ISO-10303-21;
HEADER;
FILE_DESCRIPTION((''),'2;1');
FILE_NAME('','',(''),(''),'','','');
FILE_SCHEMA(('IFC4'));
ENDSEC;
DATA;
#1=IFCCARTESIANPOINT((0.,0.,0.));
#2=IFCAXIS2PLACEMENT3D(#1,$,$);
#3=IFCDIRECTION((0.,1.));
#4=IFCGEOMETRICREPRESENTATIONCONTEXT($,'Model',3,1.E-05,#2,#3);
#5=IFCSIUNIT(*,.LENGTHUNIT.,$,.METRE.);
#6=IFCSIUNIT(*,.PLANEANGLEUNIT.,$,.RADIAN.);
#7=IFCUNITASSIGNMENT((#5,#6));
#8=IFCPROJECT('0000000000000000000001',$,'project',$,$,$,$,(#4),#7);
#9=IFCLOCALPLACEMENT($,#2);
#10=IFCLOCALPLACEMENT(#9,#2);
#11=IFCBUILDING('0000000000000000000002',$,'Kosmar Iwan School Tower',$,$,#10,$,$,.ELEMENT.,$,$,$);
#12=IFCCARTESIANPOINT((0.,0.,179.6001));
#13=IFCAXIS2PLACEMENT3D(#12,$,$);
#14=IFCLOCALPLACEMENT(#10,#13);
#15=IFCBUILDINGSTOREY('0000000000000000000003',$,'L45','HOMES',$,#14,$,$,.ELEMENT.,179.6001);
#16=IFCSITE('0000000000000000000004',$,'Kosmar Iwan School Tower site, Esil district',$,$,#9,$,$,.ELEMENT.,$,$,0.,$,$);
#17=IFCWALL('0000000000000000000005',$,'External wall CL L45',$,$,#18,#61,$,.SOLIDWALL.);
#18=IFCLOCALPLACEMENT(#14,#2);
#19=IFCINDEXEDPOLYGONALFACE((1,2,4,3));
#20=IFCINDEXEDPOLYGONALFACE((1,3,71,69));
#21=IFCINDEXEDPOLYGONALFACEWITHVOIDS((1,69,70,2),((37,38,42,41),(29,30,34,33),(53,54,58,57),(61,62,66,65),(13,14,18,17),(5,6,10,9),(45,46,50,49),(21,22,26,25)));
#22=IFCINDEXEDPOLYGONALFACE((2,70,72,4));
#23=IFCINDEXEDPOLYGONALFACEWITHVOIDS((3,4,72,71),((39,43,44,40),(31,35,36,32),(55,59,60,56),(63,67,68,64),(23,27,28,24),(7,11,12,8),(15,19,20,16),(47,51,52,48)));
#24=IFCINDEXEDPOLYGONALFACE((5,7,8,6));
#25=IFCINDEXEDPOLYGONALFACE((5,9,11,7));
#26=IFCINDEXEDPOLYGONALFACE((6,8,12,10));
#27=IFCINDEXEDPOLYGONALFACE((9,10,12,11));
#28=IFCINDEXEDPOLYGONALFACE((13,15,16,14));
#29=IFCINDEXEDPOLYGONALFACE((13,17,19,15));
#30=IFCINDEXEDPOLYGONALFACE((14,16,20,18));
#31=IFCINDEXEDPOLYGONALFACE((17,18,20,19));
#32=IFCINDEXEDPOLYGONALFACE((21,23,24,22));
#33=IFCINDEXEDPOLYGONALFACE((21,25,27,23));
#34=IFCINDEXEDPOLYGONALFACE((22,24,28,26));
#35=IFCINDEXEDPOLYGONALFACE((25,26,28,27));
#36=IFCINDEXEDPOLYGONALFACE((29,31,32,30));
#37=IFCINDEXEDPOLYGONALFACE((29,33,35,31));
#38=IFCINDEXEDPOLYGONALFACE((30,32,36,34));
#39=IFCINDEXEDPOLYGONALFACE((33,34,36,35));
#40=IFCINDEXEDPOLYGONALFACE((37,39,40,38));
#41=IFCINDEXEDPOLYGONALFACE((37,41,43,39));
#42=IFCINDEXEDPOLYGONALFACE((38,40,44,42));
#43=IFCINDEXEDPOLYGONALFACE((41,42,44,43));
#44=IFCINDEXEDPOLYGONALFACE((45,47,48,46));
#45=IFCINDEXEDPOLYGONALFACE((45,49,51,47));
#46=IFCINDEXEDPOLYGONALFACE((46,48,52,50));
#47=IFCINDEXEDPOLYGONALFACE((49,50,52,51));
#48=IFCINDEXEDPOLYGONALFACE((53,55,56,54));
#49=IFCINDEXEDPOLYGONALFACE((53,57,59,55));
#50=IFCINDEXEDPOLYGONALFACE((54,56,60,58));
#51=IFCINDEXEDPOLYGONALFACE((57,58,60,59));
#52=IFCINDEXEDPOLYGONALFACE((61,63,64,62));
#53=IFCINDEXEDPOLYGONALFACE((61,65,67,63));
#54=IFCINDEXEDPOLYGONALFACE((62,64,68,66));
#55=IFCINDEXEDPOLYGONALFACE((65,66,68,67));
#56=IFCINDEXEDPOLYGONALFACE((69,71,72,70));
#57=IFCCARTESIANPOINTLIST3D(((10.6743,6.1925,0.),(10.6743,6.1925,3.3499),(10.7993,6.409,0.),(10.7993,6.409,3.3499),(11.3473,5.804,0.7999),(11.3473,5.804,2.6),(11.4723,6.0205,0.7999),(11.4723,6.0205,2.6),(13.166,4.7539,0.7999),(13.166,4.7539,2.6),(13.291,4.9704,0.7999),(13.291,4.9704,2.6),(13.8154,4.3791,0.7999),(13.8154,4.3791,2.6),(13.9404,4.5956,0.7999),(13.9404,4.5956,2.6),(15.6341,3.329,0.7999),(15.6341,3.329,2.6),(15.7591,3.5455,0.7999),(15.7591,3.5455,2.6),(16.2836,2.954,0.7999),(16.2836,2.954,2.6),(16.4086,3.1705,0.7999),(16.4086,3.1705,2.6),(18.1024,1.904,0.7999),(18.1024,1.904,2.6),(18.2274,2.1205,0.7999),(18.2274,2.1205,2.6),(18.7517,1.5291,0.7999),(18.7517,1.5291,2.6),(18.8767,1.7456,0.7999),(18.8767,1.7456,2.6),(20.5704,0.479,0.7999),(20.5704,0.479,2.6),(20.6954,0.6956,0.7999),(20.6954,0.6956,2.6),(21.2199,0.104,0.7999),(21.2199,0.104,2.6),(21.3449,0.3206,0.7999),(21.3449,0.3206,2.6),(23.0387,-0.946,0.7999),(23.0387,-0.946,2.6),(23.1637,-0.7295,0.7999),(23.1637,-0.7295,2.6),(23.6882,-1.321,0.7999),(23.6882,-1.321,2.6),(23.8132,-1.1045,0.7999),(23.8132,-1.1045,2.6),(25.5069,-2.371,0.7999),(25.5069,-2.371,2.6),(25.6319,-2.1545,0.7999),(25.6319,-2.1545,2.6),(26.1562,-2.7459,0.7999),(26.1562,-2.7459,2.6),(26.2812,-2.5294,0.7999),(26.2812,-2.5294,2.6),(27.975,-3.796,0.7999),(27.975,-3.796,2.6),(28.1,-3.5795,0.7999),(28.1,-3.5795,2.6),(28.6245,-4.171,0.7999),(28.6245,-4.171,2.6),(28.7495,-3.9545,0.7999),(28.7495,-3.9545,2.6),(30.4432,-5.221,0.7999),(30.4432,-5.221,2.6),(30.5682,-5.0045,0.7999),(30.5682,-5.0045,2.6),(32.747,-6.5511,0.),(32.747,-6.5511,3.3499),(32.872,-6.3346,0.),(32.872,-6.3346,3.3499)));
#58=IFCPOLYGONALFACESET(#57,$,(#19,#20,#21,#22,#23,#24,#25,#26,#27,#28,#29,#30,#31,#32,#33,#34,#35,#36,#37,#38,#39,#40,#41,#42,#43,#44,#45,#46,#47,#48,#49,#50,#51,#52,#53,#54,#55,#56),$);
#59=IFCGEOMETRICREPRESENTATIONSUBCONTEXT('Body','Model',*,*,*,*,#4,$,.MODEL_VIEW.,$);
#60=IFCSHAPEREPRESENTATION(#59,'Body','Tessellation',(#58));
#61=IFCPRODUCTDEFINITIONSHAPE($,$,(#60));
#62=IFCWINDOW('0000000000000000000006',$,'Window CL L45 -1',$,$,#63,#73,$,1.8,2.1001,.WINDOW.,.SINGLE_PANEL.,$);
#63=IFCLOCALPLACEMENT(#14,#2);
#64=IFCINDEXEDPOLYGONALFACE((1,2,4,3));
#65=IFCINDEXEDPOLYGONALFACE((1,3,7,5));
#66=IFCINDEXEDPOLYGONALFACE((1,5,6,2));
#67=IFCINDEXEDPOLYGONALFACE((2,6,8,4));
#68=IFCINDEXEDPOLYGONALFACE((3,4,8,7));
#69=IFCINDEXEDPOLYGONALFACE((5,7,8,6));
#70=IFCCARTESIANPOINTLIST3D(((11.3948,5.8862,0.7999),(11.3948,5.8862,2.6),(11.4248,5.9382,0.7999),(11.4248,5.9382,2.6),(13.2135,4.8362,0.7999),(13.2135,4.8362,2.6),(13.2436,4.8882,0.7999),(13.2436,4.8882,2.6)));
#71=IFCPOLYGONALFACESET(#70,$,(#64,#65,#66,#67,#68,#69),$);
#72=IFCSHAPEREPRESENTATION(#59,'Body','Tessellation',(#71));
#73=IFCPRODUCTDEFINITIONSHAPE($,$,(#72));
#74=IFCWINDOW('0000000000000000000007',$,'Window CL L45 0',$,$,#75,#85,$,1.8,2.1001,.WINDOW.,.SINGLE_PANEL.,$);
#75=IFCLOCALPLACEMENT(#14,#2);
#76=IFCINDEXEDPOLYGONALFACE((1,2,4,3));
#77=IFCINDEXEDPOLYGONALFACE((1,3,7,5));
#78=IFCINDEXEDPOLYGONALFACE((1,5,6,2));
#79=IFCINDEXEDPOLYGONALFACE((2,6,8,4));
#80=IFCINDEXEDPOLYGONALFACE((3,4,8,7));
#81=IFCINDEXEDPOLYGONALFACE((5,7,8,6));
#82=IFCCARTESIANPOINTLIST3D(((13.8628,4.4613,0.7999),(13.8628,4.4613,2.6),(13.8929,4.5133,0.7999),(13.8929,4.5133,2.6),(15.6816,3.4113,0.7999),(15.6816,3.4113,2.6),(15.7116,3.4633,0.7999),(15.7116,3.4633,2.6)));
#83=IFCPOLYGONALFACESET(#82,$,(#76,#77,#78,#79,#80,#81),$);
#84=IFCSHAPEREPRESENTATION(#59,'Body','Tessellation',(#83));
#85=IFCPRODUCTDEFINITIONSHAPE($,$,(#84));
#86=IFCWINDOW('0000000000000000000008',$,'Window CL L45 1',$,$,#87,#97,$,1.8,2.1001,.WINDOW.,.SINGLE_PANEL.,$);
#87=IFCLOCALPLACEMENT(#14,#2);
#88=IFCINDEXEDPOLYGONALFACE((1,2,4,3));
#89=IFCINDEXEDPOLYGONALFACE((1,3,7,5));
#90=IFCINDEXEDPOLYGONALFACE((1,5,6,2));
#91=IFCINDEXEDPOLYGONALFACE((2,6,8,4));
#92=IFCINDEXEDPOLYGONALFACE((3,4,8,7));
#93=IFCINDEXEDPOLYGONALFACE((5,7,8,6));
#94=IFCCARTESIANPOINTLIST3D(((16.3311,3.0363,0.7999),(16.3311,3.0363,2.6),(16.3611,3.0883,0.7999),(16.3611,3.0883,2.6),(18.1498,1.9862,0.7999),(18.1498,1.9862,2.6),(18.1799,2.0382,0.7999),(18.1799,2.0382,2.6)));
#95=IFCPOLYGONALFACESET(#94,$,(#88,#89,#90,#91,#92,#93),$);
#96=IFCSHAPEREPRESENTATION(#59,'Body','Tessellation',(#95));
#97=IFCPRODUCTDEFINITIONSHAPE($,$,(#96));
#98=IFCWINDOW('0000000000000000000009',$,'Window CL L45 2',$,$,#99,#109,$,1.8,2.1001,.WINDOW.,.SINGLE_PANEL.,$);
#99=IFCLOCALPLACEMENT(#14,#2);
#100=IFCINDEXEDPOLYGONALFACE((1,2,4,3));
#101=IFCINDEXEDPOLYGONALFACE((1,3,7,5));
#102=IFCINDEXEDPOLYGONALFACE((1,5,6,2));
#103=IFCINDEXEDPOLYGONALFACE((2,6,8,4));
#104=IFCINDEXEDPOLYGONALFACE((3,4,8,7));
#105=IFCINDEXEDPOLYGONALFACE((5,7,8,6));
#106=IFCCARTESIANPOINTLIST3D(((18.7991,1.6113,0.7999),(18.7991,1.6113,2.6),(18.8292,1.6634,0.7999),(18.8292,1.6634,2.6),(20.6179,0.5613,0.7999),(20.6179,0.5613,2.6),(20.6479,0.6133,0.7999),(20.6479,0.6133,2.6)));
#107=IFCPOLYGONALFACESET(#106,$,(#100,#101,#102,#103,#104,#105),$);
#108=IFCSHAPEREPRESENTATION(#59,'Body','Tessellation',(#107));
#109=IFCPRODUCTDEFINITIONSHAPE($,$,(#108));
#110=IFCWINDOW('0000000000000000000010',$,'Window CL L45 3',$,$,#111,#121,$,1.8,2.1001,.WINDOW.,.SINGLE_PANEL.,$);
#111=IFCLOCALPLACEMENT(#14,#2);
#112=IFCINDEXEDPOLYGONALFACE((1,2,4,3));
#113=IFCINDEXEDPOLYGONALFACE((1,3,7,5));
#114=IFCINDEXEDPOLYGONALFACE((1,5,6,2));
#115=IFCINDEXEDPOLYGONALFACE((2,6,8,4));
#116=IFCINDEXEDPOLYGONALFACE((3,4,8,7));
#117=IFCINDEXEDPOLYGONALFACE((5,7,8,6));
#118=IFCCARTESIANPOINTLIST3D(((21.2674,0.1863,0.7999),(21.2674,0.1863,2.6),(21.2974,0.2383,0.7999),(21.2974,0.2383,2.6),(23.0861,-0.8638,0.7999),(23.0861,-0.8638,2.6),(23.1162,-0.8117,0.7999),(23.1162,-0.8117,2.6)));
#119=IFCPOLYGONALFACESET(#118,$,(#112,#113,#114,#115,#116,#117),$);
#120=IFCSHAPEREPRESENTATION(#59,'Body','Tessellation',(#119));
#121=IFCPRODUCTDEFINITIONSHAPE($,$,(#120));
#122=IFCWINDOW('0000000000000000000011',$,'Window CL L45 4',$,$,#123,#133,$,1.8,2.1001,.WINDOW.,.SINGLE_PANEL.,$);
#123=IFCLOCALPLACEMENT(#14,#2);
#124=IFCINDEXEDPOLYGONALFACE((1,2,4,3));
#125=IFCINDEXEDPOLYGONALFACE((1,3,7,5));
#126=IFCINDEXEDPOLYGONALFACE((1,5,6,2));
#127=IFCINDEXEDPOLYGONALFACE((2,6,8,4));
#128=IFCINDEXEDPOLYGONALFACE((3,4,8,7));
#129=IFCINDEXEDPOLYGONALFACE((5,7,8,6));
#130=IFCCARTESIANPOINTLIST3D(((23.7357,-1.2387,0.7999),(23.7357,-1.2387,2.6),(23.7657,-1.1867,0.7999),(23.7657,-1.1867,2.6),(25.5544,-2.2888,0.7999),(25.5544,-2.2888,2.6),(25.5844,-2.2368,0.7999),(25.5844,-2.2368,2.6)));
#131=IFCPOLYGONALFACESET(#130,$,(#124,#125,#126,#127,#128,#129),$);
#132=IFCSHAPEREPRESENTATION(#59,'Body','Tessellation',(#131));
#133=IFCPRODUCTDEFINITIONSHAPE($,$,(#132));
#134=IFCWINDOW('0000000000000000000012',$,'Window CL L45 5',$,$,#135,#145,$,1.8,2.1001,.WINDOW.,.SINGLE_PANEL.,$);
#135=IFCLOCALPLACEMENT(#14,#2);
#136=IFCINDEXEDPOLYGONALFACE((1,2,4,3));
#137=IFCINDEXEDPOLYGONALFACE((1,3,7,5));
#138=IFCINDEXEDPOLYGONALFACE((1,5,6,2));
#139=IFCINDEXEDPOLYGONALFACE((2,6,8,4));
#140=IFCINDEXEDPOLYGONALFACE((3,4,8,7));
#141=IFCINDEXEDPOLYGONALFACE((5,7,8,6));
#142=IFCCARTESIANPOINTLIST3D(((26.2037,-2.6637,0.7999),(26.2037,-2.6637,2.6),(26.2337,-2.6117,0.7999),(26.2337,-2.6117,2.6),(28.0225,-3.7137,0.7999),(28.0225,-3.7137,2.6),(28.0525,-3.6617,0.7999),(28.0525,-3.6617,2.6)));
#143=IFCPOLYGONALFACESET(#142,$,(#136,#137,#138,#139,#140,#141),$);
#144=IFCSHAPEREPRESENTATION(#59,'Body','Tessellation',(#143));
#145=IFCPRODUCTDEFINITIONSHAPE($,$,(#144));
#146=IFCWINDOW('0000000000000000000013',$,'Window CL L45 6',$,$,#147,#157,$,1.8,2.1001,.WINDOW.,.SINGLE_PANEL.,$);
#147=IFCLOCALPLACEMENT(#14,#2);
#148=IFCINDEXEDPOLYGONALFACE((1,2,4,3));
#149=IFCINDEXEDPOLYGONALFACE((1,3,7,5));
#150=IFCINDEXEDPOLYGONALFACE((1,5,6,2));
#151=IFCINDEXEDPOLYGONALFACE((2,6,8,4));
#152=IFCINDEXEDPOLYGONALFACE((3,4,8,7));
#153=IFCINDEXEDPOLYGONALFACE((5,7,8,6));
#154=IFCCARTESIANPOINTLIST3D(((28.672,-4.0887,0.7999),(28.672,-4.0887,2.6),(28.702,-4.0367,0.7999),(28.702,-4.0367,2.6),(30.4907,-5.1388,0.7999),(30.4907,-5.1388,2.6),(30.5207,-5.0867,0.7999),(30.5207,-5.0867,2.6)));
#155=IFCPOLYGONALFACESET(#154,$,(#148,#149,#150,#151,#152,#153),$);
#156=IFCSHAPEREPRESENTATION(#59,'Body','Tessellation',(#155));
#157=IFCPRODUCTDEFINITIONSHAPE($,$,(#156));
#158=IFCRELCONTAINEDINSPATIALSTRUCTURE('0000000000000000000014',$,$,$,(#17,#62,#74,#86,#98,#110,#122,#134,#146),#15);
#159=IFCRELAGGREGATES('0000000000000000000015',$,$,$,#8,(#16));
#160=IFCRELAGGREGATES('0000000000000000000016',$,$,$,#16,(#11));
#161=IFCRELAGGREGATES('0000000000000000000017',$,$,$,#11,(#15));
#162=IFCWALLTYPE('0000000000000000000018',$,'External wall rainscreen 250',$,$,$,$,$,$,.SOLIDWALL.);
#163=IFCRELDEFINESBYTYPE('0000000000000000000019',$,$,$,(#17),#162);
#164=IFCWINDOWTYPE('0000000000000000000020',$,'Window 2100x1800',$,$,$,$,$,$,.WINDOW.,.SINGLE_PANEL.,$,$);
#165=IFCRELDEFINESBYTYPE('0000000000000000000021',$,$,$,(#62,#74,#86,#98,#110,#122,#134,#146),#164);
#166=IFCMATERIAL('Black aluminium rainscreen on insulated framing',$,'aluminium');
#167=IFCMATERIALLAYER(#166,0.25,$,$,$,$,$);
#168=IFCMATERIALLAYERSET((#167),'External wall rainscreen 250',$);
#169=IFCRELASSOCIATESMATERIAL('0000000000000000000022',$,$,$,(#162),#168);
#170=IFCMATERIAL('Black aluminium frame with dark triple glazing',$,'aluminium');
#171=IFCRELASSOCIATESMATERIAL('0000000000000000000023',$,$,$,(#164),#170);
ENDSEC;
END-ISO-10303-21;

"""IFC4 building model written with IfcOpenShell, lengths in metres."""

from ifc_helpers import new_model, si_unit, direction, frame, frame_2d, origin, place, context, subcontext, project, spatial, rectangle, extrude, material, layer, layer_set, type_object, element, fill, save


model = new_model("IFC4")

# Units and contexts
model_context = context("Model", 3, precision=1e-05, world=origin(), true_north=direction((0.0, 1.0)))
body_context = subcontext(model_context, "Body", "Model", "MODEL_VIEW")
ifc_project = project(units=[si_unit("LENGTHUNIT", "METRE"), si_unit("PLANEANGLEUNIT", "RADIAN")], contexts=[model_context])

# Site, building, storey
site_placement = place(None, origin())
site = spatial("IfcSite", under=ifc_project, at=site_placement, Name="Kosmar Iwan School Tower site, Esil district", CompositionType="ELEMENT", RefElevation=0.0)
building_placement = place(site_placement, origin())
building = spatial("IfcBuilding", under=site, at=building_placement, Name="Kosmar Iwan School Tower", CompositionType="ELEMENT")
storey_placement = place(building_placement, frame((0.0, 0.0, 179.6001)))
storey = spatial("IfcBuildingStorey", under=building, at=storey_placement, Name="L45", Description="HOMES", CompositionType="ELEMENT", Elevation=179.6001)

# Wall, openings, windows
ifc_material_1 = material(Name="Black aluminium rainscreen on insulated framing", Category="aluminium")
ifc_layer = layer(ifc_material_1, 0.25)
ifc_layer_set = layer_set([ifc_layer], Name="External wall rainscreen 250")
wall_type = type_object("IfcWallType", Name="External wall rainscreen 250", PredefinedType="SOLIDWALL", material=ifc_layer_set)
wall_1_placement = place(storey_placement, frame((10.7368, 6.3008, 0.0), z_axis=(0.0, 0.0, 1.0), x_axis=(0.866026, -0.499998, 0.0)))
wall_1 = element("IfcWall", 1, at=wall_1_placement, inside=storey, type_object=wall_type, Name="External wall CL L45", PredefinedType="SOLIDWALL", context=body_context, shape_type="SweptSolid", body=[
    extrude(rectangle(XDim=25.4873, YDim=0.25, at=frame_2d((12.7437, 0.0))), origin(), (0.0, 0.0, 1.0), 3.3499),
])
opening_1_placement = place(wall_1_placement, frame((0.7771, 0.0, 0.8)))
opening_1 = element("IfcOpeningElement", 2, at=opening_1_placement, cuts=wall_1, PredefinedType="OPENING", context=body_context, shape_type="SweptSolid", body=[
    extrude(rectangle(XDim=2.1001, YDim=1.8, at=frame_2d((1.05, 0.8999))), frame((0.0, 0.137, 0.0), z_axis=(0.0, -1.0, 0.0), x_axis=(1.0, 0.0, 0.0)), (0.0, 0.0, 1.0), 0.2739),
])
opening_2_placement = place(wall_1_placement, frame((3.627, 0.0, 0.8)))
opening_2 = element("IfcOpeningElement", 3, at=opening_2_placement, cuts=wall_1, PredefinedType="OPENING", context=body_context, shape_type="SweptSolid", body=[
    extrude(rectangle(XDim=2.1001, YDim=1.8, at=frame_2d((1.05, 0.8999))), frame((0.0, 0.137, 0.0), z_axis=(0.0, -1.0, 0.0), x_axis=(1.0, 0.0, 0.0)), (0.0, 0.0, 1.0), 0.2739),
])
opening_3_placement = place(wall_1_placement, frame((6.4771, 0.0, 0.8)))
opening_3 = element("IfcOpeningElement", 4, at=opening_3_placement, cuts=wall_1, PredefinedType="OPENING", context=body_context, shape_type="SweptSolid", body=[
    extrude(rectangle(XDim=2.1001, YDim=1.8, at=frame_2d((1.05, 0.8999))), frame((0.0, 0.137, 0.0), z_axis=(0.0, -1.0, 0.0), x_axis=(1.0, 0.0, 0.0)), (0.0, 0.0, 1.0), 0.2739),
])
opening_4_placement = place(wall_1_placement, frame((9.3269, 0.0, 0.8)))
opening_4 = element("IfcOpeningElement", 5, at=opening_4_placement, cuts=wall_1, PredefinedType="OPENING", context=body_context, shape_type="SweptSolid", body=[
    extrude(rectangle(XDim=2.1001, YDim=1.8, at=frame_2d((1.05, 0.8999))), frame((0.0, 0.137, 0.0), z_axis=(0.0, -1.0, 0.0), x_axis=(1.0, 0.0, 0.0)), (0.0, 0.0, 1.0), 0.2739),
])
opening_5_placement = place(wall_1_placement, frame((12.177, 0.0, 0.8)))
opening_5 = element("IfcOpeningElement", 6, at=opening_5_placement, cuts=wall_1, PredefinedType="OPENING", context=body_context, shape_type="SweptSolid", body=[
    extrude(rectangle(XDim=2.1001, YDim=1.8, at=frame_2d((1.05, 0.8999))), frame((0.0, 0.137, 0.0), z_axis=(0.0, -1.0, 0.0), x_axis=(1.0, 0.0, 0.0)), (0.0, 0.0, 1.0), 0.2739),
])
opening_6_placement = place(wall_1_placement, frame((15.0271, 0.0, 0.8)))
opening_6 = element("IfcOpeningElement", 7, at=opening_6_placement, cuts=wall_1, PredefinedType="OPENING", context=body_context, shape_type="SweptSolid", body=[
    extrude(rectangle(XDim=2.1001, YDim=1.8, at=frame_2d((1.05, 0.8999))), frame((0.0, 0.137, 0.0), z_axis=(0.0, -1.0, 0.0), x_axis=(1.0, 0.0, 0.0)), (0.0, 0.0, 1.0), 0.2739),
])
opening_7_placement = place(wall_1_placement, frame((17.877, 0.0, 0.8)))
opening_7 = element("IfcOpeningElement", 8, at=opening_7_placement, cuts=wall_1, PredefinedType="OPENING", context=body_context, shape_type="SweptSolid", body=[
    extrude(rectangle(XDim=2.1001, YDim=1.8, at=frame_2d((1.05, 0.8999))), frame((0.0, 0.137, 0.0), z_axis=(0.0, -1.0, 0.0), x_axis=(1.0, 0.0, 0.0)), (0.0, 0.0, 1.0), 0.2739),
])
opening_8_placement = place(wall_1_placement, frame((20.7271, 0.0, 0.8)))
opening_8 = element("IfcOpeningElement", 9, at=opening_8_placement, cuts=wall_1, PredefinedType="OPENING", context=body_context, shape_type="SweptSolid", body=[
    extrude(rectangle(XDim=2.1001, YDim=1.8, at=frame_2d((1.05, 0.8999))), frame((0.0, 0.137, 0.0), z_axis=(0.0, -1.0, 0.0), x_axis=(1.0, 0.0, 0.0)), (0.0, 0.0, 1.0), 0.2739),
])
ifc_material_2 = material(Name="Black aluminium frame with dark triple glazing", Category="aluminium")
window_type = type_object("IfcWindowType", Name="Window 2100x1800", PartitioningType="SINGLE_PANEL", PredefinedType="WINDOW", material=ifc_material_2)
window_1_placement = place(opening_1_placement, origin())
window_1 = element("IfcWindow", 10, at=window_1_placement, inside=storey, type_object=window_type, Name="Window CL L45 -1", OverallHeight=1.8, OverallWidth=2.1001, PartitioningType="SINGLE_PANEL", PredefinedType="WINDOW", context=body_context, shape_type="SweptSolid", body=[
    extrude(rectangle(XDim=2.1001, YDim=1.8, at=frame_2d((1.05, 0.8999))), frame((0.0, 0.03, 0.0), z_axis=(0.0, -1.0, 0.0), x_axis=(1.0, 0.0, 0.0)), (0.0, 0.0, 1.0), 0.0601),
])
fill(opening_1, window_1)
window_2_placement = place(opening_2_placement, origin())
window_2 = element("IfcWindow", 11, at=window_2_placement, inside=storey, type_object=window_type, Name="Window CL L45 0", OverallHeight=1.8, OverallWidth=2.1001, PartitioningType="SINGLE_PANEL", PredefinedType="WINDOW", context=body_context, shape_type="SweptSolid", body=[
    extrude(rectangle(XDim=2.1001, YDim=1.8, at=frame_2d((1.05, 0.8999))), frame((0.0, 0.03, 0.0), z_axis=(0.0, -1.0, 0.0), x_axis=(1.0, 0.0, 0.0)), (0.0, 0.0, 1.0), 0.0601),
])
fill(opening_2, window_2)
window_3_placement = place(opening_3_placement, origin())
window_3 = element("IfcWindow", 12, at=window_3_placement, inside=storey, type_object=window_type, Name="Window CL L45 1", OverallHeight=1.8, OverallWidth=2.1001, PartitioningType="SINGLE_PANEL", PredefinedType="WINDOW", context=body_context, shape_type="SweptSolid", body=[
    extrude(rectangle(XDim=2.1001, YDim=1.8, at=frame_2d((1.05, 0.8999))), frame((0.0, 0.03, 0.0), z_axis=(0.0, -1.0, 0.0), x_axis=(1.0, 0.0, 0.0)), (0.0, 0.0, 1.0), 0.0601),
])
fill(opening_3, window_3)
window_4_placement = place(opening_4_placement, origin())
window_4 = element("IfcWindow", 13, at=window_4_placement, inside=storey, type_object=window_type, Name="Window CL L45 2", OverallHeight=1.8, OverallWidth=2.1001, PartitioningType="SINGLE_PANEL", PredefinedType="WINDOW", context=body_context, shape_type="SweptSolid", body=[
    extrude(rectangle(XDim=2.1001, YDim=1.8, at=frame_2d((1.05, 0.8999))), frame((0.0, 0.03, 0.0), z_axis=(0.0, -1.0, 0.0), x_axis=(1.0, 0.0, 0.0)), (0.0, 0.0, 1.0), 0.0601),
])
fill(opening_4, window_4)
window_5_placement = place(opening_5_placement, origin())
window_5 = element("IfcWindow", 14, at=window_5_placement, inside=storey, type_object=window_type, Name="Window CL L45 3", OverallHeight=1.8, OverallWidth=2.1001, PartitioningType="SINGLE_PANEL", PredefinedType="WINDOW", context=body_context, shape_type="SweptSolid", body=[
    extrude(rectangle(XDim=2.1001, YDim=1.8, at=frame_2d((1.05, 0.8999))), frame((0.0, 0.03, 0.0), z_axis=(0.0, -1.0, 0.0), x_axis=(1.0, 0.0, 0.0)), (0.0, 0.0, 1.0), 0.0601),
])
fill(opening_5, window_5)
window_6_placement = place(opening_6_placement, origin())
window_6 = element("IfcWindow", 15, at=window_6_placement, inside=storey, type_object=window_type, Name="Window CL L45 4", OverallHeight=1.8, OverallWidth=2.1001, PartitioningType="SINGLE_PANEL", PredefinedType="WINDOW", context=body_context, shape_type="SweptSolid", body=[
    extrude(rectangle(XDim=2.1001, YDim=1.8, at=frame_2d((1.05, 0.8999))), frame((0.0, 0.03, 0.0), z_axis=(0.0, -1.0, 0.0), x_axis=(1.0, 0.0, 0.0)), (0.0, 0.0, 1.0), 0.0601),
])
fill(opening_6, window_6)
window_7_placement = place(opening_7_placement, origin())
window_7 = element("IfcWindow", 16, at=window_7_placement, inside=storey, type_object=window_type, Name="Window CL L45 5", OverallHeight=1.8, OverallWidth=2.1001, PartitioningType="SINGLE_PANEL", PredefinedType="WINDOW", context=body_context, shape_type="SweptSolid", body=[
    extrude(rectangle(XDim=2.1001, YDim=1.8, at=frame_2d((1.05, 0.8999))), frame((0.0, 0.03, 0.0), z_axis=(0.0, -1.0, 0.0), x_axis=(1.0, 0.0, 0.0)), (0.0, 0.0, 1.0), 0.0601),
])
fill(opening_7, window_7)
window_8_placement = place(opening_8_placement, origin())
window_8 = element("IfcWindow", 17, at=window_8_placement, inside=storey, type_object=window_type, Name="Window CL L45 6", OverallHeight=1.8, OverallWidth=2.1001, PartitioningType="SINGLE_PANEL", PredefinedType="WINDOW", context=body_context, shape_type="SweptSolid", body=[
    extrude(rectangle(XDim=2.1001, YDim=1.8, at=frame_2d((1.05, 0.8999))), frame((0.0, 0.03, 0.0), z_axis=(0.0, -1.0, 0.0), x_axis=(1.0, 0.0, 0.0)), (0.0, 0.0, 1.0), 0.0601),
])
fill(opening_8, window_8)

save(model, "model.ifc")
